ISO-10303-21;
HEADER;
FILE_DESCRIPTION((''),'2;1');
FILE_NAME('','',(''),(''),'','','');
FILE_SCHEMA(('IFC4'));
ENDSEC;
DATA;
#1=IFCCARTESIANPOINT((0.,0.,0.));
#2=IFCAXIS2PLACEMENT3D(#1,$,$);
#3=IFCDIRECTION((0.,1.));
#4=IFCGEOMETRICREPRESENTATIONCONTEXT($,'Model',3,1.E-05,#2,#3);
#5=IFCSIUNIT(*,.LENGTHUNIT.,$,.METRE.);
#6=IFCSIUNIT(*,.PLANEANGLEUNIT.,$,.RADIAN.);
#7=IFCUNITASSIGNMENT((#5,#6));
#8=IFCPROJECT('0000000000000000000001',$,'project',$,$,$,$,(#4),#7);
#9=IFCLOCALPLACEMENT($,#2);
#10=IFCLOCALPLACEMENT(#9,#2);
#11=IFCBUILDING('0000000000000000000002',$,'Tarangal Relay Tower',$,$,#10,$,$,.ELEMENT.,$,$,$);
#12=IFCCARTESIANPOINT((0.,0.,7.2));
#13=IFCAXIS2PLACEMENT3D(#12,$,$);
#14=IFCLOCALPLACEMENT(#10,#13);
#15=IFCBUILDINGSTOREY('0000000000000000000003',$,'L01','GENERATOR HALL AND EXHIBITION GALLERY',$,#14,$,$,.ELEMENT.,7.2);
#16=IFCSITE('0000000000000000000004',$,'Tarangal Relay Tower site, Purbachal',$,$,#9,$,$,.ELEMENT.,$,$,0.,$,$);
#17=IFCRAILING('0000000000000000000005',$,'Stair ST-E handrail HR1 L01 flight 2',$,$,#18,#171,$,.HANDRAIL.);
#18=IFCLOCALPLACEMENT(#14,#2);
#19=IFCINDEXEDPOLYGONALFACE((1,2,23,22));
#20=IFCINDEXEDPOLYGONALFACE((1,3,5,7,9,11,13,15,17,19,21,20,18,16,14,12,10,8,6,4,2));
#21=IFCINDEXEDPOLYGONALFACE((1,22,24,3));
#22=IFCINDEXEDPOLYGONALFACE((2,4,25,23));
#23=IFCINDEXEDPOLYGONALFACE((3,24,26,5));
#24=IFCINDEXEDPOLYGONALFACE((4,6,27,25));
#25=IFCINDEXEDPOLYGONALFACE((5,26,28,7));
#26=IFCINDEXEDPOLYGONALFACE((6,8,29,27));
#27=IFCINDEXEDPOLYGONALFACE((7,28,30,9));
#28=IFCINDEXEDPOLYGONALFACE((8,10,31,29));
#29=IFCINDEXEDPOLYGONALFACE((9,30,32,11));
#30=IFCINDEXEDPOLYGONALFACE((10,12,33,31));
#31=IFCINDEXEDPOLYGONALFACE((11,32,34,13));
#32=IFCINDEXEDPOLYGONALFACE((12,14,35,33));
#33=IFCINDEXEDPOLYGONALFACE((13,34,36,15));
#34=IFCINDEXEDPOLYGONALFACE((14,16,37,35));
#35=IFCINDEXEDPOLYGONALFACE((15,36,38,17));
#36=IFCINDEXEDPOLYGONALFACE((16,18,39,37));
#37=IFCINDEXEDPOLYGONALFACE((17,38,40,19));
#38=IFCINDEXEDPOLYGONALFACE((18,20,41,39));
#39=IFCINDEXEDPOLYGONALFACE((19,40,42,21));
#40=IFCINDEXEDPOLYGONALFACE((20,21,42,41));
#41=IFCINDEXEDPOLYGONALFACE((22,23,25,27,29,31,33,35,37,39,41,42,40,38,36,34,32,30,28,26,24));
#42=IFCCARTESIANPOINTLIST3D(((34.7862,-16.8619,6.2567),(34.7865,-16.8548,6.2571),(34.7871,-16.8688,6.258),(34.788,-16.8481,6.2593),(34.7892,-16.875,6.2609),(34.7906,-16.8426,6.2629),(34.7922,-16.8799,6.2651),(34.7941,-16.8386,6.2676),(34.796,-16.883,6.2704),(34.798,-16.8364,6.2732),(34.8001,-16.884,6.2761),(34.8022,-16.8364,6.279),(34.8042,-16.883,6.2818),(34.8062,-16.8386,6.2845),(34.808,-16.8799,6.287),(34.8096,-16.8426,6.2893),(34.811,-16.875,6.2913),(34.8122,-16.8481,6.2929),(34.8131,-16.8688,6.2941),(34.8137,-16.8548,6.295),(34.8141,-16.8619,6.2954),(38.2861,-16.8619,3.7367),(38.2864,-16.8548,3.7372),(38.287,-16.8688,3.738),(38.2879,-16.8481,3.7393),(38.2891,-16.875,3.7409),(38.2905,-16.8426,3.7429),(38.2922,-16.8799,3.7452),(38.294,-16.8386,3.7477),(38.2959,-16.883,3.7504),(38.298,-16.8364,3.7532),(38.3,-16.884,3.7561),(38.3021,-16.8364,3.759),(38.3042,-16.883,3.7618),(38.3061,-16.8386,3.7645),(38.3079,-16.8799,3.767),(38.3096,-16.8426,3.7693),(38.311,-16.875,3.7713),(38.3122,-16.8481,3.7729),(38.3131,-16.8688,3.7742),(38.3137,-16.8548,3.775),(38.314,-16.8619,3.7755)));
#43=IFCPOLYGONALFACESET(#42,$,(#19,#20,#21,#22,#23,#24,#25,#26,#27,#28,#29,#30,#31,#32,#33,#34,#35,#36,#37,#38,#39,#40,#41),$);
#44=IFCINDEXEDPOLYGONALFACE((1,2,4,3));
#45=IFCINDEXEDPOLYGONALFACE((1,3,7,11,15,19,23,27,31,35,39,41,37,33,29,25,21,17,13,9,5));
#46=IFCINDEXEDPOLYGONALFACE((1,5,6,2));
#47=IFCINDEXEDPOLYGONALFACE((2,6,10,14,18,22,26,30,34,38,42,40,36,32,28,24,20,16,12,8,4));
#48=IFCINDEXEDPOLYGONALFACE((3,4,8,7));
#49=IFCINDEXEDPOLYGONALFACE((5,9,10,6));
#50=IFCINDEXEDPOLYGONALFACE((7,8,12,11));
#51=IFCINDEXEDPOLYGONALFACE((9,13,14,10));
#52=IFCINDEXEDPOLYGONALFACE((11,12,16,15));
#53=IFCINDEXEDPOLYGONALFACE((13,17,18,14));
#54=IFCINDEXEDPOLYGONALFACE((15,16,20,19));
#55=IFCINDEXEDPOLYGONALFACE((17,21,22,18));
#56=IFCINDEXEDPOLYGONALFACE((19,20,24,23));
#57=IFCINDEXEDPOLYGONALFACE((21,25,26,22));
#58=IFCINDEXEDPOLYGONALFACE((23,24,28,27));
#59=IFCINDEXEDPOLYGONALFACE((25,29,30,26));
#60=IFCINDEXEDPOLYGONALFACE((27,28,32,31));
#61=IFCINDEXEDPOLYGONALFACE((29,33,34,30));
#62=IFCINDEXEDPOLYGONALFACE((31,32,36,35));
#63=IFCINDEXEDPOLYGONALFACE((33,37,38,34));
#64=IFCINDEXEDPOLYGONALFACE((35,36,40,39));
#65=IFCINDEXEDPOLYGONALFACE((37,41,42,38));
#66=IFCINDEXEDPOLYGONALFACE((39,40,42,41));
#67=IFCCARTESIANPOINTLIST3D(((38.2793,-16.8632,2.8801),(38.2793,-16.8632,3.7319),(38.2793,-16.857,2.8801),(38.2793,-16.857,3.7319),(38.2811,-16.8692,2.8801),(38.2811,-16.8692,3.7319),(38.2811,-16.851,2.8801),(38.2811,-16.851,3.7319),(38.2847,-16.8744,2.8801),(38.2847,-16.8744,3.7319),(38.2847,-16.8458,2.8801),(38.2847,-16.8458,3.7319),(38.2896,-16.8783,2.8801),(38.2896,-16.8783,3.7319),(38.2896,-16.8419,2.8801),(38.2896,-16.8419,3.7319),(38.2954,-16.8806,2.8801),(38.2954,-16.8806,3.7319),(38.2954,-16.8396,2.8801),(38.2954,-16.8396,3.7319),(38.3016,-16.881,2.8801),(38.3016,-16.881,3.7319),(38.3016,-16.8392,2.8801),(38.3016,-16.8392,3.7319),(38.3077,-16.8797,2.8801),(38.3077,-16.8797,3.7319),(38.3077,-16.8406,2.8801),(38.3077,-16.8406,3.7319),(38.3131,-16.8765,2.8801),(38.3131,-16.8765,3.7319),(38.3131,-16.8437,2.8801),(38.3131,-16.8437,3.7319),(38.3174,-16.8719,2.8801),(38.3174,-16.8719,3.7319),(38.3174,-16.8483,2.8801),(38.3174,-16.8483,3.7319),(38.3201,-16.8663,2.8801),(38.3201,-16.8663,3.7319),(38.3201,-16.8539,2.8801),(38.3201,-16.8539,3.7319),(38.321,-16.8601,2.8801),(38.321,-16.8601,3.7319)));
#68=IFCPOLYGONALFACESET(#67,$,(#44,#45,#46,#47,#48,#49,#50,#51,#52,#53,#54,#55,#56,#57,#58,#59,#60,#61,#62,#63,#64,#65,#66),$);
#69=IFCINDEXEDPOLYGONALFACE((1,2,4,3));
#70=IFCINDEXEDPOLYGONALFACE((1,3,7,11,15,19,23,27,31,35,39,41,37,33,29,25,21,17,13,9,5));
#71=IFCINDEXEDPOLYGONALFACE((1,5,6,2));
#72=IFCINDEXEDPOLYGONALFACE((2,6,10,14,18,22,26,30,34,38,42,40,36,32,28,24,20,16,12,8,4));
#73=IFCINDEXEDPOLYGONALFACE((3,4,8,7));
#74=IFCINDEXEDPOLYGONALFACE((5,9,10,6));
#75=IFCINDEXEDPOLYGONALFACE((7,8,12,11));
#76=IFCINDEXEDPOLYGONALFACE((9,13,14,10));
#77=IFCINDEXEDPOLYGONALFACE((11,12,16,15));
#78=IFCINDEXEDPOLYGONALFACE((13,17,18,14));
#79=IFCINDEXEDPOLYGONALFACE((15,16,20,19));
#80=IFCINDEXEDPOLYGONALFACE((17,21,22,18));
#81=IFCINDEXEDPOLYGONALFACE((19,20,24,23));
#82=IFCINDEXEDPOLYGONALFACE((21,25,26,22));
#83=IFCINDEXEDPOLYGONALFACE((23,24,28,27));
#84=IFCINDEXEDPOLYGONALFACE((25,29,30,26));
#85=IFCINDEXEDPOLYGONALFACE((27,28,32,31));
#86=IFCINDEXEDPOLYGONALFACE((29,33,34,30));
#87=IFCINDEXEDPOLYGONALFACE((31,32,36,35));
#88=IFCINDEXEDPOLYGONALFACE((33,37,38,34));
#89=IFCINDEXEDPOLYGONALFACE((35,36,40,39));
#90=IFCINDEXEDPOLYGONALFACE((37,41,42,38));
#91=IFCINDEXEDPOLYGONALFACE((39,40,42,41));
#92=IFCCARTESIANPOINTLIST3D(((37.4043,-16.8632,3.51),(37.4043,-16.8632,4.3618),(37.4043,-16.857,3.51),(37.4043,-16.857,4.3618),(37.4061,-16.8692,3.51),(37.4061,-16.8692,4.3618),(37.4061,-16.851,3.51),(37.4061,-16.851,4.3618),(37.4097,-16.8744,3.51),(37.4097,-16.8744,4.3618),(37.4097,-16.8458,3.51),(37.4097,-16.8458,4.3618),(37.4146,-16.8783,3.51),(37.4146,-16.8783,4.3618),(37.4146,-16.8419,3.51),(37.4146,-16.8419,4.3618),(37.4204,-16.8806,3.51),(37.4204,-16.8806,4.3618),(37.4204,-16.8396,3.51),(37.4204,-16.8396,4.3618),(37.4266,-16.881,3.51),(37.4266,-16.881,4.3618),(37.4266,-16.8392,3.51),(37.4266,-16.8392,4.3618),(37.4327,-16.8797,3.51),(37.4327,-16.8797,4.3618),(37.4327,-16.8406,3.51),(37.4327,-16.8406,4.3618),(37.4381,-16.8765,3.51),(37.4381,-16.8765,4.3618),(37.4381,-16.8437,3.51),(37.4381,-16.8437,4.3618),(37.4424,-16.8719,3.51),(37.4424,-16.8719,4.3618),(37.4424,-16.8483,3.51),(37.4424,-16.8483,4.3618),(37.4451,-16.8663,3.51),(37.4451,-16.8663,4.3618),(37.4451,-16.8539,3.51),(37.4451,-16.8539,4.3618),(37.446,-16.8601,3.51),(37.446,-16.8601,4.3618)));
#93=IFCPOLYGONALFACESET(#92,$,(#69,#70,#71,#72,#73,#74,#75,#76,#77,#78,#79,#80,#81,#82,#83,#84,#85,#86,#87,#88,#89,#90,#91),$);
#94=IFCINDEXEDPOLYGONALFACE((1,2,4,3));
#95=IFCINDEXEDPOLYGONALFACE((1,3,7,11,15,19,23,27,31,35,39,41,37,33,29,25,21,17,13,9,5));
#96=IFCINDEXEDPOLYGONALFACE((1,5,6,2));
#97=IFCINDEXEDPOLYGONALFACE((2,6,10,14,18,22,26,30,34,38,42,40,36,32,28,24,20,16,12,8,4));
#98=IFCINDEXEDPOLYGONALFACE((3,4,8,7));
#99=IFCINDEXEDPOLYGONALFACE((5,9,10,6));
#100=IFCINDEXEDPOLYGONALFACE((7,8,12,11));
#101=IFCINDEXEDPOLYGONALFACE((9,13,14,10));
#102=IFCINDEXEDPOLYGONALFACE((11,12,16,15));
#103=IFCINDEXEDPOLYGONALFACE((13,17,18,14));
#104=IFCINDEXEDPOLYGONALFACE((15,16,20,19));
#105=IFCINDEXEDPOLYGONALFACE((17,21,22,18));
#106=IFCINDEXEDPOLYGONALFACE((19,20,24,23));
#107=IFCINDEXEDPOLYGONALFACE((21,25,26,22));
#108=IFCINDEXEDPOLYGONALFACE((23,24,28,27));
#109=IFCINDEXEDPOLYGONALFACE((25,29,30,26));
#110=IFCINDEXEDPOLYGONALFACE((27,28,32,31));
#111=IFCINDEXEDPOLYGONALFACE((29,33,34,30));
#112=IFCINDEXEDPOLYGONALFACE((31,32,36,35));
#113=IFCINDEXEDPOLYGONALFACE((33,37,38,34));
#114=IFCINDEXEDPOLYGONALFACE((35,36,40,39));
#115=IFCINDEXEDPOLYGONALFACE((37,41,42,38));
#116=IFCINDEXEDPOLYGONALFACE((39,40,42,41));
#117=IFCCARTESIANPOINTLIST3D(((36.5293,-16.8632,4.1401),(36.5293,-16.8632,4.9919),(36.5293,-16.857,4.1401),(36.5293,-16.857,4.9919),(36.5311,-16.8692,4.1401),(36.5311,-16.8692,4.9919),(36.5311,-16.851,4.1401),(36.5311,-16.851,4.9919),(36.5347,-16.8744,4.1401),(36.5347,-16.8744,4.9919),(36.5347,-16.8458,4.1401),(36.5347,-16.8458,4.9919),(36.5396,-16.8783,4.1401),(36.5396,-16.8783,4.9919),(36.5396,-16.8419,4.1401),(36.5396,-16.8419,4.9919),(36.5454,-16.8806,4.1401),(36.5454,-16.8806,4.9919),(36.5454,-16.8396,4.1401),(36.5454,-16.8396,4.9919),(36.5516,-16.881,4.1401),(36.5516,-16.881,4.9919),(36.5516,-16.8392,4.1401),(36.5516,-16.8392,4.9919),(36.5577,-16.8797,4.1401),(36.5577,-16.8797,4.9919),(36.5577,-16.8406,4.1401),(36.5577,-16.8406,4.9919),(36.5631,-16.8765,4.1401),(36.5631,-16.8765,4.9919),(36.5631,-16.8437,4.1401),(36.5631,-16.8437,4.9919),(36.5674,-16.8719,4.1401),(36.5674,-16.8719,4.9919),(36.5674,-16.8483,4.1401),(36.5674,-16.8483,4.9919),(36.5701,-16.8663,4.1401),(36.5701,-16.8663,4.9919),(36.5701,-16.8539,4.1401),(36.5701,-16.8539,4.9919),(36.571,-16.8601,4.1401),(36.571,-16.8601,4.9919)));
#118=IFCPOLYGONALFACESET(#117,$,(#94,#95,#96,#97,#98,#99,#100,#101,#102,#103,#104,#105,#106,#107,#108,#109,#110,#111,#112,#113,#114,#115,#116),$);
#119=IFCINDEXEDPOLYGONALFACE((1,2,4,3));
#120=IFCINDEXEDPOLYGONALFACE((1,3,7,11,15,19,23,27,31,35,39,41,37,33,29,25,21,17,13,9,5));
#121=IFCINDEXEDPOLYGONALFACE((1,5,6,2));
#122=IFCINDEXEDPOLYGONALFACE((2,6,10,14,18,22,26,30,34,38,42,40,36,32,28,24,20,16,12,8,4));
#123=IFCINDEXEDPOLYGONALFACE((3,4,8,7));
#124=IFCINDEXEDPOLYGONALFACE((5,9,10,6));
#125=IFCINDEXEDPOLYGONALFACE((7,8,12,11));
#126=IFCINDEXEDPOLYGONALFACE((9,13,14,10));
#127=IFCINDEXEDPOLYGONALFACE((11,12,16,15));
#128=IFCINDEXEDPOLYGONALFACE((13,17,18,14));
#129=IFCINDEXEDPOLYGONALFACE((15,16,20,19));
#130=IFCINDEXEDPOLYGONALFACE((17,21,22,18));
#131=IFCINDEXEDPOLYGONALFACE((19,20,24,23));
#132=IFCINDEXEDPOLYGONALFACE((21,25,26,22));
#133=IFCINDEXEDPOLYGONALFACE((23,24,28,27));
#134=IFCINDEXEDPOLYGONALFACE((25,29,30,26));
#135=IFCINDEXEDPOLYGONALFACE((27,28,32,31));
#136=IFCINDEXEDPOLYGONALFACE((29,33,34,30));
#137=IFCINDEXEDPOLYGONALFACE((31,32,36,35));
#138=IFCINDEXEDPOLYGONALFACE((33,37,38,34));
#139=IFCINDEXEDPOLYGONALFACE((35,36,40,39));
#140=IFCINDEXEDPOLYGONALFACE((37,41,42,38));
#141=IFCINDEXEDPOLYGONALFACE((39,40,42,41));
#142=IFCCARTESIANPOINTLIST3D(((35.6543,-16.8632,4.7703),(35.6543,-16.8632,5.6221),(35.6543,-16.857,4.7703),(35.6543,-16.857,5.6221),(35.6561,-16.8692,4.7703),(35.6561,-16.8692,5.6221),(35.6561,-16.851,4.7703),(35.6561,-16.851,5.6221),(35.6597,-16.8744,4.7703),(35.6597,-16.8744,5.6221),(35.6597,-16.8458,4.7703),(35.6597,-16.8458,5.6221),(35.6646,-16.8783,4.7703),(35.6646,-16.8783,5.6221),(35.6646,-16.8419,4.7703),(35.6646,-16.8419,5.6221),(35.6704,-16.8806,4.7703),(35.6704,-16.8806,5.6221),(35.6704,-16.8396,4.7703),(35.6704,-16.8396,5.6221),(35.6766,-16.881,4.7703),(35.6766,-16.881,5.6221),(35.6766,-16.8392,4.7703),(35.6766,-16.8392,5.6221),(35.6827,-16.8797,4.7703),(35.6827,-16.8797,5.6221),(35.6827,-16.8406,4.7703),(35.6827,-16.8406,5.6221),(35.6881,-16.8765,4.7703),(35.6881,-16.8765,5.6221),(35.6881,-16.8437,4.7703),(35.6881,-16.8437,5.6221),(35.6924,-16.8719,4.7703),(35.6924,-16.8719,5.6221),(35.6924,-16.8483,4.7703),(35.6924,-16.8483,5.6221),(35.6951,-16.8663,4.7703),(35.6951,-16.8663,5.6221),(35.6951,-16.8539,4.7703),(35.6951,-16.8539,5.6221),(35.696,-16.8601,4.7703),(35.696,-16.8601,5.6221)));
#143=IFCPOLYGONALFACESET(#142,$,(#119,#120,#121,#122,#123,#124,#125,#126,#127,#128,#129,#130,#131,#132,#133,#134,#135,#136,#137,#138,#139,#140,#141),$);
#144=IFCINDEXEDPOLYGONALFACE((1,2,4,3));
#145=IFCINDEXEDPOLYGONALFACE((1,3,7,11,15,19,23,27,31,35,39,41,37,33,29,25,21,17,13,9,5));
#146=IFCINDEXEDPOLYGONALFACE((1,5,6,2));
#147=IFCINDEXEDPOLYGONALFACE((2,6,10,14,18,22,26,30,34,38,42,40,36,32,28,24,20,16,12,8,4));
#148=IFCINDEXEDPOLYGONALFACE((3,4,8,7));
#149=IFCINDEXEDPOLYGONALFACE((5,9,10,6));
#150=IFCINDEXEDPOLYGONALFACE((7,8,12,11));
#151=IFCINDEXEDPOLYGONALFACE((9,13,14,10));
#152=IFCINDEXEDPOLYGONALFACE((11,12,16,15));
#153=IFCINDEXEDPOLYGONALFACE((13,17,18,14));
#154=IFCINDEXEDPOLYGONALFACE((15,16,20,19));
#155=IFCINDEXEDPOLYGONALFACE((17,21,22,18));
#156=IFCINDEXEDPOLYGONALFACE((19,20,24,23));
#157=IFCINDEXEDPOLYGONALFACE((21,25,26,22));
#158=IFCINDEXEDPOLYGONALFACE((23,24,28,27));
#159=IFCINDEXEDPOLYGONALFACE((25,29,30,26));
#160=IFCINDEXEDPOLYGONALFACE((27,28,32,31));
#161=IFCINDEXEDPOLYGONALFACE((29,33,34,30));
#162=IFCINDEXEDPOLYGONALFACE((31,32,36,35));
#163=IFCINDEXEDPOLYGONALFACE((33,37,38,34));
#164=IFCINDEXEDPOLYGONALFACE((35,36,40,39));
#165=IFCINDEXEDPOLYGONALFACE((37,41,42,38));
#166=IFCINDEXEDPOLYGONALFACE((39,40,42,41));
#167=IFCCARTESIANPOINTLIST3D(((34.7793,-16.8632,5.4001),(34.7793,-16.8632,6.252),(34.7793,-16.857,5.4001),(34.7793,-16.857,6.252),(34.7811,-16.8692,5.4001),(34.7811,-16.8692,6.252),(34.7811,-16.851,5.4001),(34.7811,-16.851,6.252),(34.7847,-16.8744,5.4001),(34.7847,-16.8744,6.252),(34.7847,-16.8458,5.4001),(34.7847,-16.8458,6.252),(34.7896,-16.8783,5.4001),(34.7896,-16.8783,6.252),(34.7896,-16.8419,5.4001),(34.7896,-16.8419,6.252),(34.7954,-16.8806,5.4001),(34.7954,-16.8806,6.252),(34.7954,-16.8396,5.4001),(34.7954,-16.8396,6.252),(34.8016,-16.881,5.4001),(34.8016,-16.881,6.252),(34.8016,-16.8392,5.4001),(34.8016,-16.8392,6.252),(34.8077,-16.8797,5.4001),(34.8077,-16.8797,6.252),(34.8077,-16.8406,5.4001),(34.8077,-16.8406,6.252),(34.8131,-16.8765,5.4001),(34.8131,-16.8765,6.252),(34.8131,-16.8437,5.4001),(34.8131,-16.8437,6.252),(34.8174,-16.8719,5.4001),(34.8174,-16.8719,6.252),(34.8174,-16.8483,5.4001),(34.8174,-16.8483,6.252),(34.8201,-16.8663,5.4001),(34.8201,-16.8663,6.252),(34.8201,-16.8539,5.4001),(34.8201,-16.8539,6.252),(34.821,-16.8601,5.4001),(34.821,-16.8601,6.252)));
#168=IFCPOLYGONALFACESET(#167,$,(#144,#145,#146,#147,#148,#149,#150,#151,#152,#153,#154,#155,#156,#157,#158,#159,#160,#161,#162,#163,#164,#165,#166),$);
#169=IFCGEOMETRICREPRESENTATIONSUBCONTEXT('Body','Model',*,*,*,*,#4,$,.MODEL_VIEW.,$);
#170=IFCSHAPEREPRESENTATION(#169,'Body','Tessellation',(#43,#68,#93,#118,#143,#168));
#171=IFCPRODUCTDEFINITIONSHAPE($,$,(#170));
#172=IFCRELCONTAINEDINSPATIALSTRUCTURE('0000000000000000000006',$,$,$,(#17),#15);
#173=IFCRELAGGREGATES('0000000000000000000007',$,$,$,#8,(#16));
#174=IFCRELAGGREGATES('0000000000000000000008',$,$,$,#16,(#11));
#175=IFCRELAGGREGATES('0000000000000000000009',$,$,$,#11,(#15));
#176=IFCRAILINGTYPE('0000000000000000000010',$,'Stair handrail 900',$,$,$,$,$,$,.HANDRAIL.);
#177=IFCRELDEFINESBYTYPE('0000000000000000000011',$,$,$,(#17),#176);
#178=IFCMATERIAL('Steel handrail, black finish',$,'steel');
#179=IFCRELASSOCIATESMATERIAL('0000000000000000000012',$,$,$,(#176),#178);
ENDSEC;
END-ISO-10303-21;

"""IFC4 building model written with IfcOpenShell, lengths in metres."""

from ifc_helpers import new_model, si_unit, direction, frame, origin, origin_2d, place, context, subcontext, project, spatial, circle, extrude, material, type_object, element, save


model = new_model("IFC4")

# Units and contexts
model_context = context("Model", 3, precision=1e-05, world=origin(), true_north=direction((0.0, 1.0)))
body_context = subcontext(model_context, "Body", "Model", "MODEL_VIEW")
ifc_project = project(units=[si_unit("LENGTHUNIT", "METRE"), si_unit("PLANEANGLEUNIT", "RADIAN")], contexts=[model_context])

# Site, building, storey
site_placement = place(None, origin())
site = spatial("IfcSite", under=ifc_project, at=site_placement, Name="Tarangal Relay Tower site, Purbachal", CompositionType="ELEMENT", RefElevation=0.0)
building_placement = place(site_placement, origin())
building = spatial("IfcBuilding", under=site, at=building_placement, Name="Tarangal Relay Tower", CompositionType="ELEMENT")
storey_placement = place(building_placement, frame((0.0, 0.0, 7.2)))
storey = spatial("IfcBuildingStorey", under=building, at=storey_placement, Name="L01", Description="GENERATOR HALL AND EXHIBITION GALLERY", CompositionType="ELEMENT", Elevation=7.2)

# Railing
ifc_material_1 = material(Name="Steel handrail, black finish", Category="steel")
railing_type_1 = type_object("IfcRailingType", Name="Stair handrail 900", PredefinedType="HANDRAIL", material=ifc_material_1)
railing_1_placement = place(storey_placement, frame((38.3, -16.8601, 2.8801)))
element("IfcRailing", 1, at=railing_1_placement, inside=storey, type_object=railing_type_1, Name="Stair ST-E handrail HR1 L01 flight 2", PredefinedType="HANDRAIL", context=body_context, shape_type="SweptSolid", body=[
    extrude(circle(Radius=0.0239, at=origin_2d()), frame((0.0, 0.0, 0.876), z_axis=(-0.811532, 0.0, 0.584308), x_axis=(0.0, -1.0, 0.0)), (0.0, 0.0, 1.0), 4.3127),
    extrude(circle(Radius=0.021, at=origin_2d()), origin(), (0.0, 0.0, 1.0), 0.8518),
    extrude(circle(Radius=0.021, at=origin_2d()), frame((-0.875, 0.0, 0.6299)), (0.0, 0.0, 1.0), 0.8518),
    extrude(circle(Radius=0.021, at=origin_2d()), frame((-1.75, 0.0, 1.26)), (0.0, 0.0, 1.0), 0.8518),
    extrude(circle(Radius=0.021, at=origin_2d()), frame((-2.625, 0.0, 1.8901)), (0.0, 0.0, 1.0), 0.8518),
    extrude(circle(Radius=0.021, at=origin_2d()), frame((-3.5, 0.0, 2.52)), (0.0, 0.0, 1.0), 0.8518),
])

save(model, "model.ifc")
